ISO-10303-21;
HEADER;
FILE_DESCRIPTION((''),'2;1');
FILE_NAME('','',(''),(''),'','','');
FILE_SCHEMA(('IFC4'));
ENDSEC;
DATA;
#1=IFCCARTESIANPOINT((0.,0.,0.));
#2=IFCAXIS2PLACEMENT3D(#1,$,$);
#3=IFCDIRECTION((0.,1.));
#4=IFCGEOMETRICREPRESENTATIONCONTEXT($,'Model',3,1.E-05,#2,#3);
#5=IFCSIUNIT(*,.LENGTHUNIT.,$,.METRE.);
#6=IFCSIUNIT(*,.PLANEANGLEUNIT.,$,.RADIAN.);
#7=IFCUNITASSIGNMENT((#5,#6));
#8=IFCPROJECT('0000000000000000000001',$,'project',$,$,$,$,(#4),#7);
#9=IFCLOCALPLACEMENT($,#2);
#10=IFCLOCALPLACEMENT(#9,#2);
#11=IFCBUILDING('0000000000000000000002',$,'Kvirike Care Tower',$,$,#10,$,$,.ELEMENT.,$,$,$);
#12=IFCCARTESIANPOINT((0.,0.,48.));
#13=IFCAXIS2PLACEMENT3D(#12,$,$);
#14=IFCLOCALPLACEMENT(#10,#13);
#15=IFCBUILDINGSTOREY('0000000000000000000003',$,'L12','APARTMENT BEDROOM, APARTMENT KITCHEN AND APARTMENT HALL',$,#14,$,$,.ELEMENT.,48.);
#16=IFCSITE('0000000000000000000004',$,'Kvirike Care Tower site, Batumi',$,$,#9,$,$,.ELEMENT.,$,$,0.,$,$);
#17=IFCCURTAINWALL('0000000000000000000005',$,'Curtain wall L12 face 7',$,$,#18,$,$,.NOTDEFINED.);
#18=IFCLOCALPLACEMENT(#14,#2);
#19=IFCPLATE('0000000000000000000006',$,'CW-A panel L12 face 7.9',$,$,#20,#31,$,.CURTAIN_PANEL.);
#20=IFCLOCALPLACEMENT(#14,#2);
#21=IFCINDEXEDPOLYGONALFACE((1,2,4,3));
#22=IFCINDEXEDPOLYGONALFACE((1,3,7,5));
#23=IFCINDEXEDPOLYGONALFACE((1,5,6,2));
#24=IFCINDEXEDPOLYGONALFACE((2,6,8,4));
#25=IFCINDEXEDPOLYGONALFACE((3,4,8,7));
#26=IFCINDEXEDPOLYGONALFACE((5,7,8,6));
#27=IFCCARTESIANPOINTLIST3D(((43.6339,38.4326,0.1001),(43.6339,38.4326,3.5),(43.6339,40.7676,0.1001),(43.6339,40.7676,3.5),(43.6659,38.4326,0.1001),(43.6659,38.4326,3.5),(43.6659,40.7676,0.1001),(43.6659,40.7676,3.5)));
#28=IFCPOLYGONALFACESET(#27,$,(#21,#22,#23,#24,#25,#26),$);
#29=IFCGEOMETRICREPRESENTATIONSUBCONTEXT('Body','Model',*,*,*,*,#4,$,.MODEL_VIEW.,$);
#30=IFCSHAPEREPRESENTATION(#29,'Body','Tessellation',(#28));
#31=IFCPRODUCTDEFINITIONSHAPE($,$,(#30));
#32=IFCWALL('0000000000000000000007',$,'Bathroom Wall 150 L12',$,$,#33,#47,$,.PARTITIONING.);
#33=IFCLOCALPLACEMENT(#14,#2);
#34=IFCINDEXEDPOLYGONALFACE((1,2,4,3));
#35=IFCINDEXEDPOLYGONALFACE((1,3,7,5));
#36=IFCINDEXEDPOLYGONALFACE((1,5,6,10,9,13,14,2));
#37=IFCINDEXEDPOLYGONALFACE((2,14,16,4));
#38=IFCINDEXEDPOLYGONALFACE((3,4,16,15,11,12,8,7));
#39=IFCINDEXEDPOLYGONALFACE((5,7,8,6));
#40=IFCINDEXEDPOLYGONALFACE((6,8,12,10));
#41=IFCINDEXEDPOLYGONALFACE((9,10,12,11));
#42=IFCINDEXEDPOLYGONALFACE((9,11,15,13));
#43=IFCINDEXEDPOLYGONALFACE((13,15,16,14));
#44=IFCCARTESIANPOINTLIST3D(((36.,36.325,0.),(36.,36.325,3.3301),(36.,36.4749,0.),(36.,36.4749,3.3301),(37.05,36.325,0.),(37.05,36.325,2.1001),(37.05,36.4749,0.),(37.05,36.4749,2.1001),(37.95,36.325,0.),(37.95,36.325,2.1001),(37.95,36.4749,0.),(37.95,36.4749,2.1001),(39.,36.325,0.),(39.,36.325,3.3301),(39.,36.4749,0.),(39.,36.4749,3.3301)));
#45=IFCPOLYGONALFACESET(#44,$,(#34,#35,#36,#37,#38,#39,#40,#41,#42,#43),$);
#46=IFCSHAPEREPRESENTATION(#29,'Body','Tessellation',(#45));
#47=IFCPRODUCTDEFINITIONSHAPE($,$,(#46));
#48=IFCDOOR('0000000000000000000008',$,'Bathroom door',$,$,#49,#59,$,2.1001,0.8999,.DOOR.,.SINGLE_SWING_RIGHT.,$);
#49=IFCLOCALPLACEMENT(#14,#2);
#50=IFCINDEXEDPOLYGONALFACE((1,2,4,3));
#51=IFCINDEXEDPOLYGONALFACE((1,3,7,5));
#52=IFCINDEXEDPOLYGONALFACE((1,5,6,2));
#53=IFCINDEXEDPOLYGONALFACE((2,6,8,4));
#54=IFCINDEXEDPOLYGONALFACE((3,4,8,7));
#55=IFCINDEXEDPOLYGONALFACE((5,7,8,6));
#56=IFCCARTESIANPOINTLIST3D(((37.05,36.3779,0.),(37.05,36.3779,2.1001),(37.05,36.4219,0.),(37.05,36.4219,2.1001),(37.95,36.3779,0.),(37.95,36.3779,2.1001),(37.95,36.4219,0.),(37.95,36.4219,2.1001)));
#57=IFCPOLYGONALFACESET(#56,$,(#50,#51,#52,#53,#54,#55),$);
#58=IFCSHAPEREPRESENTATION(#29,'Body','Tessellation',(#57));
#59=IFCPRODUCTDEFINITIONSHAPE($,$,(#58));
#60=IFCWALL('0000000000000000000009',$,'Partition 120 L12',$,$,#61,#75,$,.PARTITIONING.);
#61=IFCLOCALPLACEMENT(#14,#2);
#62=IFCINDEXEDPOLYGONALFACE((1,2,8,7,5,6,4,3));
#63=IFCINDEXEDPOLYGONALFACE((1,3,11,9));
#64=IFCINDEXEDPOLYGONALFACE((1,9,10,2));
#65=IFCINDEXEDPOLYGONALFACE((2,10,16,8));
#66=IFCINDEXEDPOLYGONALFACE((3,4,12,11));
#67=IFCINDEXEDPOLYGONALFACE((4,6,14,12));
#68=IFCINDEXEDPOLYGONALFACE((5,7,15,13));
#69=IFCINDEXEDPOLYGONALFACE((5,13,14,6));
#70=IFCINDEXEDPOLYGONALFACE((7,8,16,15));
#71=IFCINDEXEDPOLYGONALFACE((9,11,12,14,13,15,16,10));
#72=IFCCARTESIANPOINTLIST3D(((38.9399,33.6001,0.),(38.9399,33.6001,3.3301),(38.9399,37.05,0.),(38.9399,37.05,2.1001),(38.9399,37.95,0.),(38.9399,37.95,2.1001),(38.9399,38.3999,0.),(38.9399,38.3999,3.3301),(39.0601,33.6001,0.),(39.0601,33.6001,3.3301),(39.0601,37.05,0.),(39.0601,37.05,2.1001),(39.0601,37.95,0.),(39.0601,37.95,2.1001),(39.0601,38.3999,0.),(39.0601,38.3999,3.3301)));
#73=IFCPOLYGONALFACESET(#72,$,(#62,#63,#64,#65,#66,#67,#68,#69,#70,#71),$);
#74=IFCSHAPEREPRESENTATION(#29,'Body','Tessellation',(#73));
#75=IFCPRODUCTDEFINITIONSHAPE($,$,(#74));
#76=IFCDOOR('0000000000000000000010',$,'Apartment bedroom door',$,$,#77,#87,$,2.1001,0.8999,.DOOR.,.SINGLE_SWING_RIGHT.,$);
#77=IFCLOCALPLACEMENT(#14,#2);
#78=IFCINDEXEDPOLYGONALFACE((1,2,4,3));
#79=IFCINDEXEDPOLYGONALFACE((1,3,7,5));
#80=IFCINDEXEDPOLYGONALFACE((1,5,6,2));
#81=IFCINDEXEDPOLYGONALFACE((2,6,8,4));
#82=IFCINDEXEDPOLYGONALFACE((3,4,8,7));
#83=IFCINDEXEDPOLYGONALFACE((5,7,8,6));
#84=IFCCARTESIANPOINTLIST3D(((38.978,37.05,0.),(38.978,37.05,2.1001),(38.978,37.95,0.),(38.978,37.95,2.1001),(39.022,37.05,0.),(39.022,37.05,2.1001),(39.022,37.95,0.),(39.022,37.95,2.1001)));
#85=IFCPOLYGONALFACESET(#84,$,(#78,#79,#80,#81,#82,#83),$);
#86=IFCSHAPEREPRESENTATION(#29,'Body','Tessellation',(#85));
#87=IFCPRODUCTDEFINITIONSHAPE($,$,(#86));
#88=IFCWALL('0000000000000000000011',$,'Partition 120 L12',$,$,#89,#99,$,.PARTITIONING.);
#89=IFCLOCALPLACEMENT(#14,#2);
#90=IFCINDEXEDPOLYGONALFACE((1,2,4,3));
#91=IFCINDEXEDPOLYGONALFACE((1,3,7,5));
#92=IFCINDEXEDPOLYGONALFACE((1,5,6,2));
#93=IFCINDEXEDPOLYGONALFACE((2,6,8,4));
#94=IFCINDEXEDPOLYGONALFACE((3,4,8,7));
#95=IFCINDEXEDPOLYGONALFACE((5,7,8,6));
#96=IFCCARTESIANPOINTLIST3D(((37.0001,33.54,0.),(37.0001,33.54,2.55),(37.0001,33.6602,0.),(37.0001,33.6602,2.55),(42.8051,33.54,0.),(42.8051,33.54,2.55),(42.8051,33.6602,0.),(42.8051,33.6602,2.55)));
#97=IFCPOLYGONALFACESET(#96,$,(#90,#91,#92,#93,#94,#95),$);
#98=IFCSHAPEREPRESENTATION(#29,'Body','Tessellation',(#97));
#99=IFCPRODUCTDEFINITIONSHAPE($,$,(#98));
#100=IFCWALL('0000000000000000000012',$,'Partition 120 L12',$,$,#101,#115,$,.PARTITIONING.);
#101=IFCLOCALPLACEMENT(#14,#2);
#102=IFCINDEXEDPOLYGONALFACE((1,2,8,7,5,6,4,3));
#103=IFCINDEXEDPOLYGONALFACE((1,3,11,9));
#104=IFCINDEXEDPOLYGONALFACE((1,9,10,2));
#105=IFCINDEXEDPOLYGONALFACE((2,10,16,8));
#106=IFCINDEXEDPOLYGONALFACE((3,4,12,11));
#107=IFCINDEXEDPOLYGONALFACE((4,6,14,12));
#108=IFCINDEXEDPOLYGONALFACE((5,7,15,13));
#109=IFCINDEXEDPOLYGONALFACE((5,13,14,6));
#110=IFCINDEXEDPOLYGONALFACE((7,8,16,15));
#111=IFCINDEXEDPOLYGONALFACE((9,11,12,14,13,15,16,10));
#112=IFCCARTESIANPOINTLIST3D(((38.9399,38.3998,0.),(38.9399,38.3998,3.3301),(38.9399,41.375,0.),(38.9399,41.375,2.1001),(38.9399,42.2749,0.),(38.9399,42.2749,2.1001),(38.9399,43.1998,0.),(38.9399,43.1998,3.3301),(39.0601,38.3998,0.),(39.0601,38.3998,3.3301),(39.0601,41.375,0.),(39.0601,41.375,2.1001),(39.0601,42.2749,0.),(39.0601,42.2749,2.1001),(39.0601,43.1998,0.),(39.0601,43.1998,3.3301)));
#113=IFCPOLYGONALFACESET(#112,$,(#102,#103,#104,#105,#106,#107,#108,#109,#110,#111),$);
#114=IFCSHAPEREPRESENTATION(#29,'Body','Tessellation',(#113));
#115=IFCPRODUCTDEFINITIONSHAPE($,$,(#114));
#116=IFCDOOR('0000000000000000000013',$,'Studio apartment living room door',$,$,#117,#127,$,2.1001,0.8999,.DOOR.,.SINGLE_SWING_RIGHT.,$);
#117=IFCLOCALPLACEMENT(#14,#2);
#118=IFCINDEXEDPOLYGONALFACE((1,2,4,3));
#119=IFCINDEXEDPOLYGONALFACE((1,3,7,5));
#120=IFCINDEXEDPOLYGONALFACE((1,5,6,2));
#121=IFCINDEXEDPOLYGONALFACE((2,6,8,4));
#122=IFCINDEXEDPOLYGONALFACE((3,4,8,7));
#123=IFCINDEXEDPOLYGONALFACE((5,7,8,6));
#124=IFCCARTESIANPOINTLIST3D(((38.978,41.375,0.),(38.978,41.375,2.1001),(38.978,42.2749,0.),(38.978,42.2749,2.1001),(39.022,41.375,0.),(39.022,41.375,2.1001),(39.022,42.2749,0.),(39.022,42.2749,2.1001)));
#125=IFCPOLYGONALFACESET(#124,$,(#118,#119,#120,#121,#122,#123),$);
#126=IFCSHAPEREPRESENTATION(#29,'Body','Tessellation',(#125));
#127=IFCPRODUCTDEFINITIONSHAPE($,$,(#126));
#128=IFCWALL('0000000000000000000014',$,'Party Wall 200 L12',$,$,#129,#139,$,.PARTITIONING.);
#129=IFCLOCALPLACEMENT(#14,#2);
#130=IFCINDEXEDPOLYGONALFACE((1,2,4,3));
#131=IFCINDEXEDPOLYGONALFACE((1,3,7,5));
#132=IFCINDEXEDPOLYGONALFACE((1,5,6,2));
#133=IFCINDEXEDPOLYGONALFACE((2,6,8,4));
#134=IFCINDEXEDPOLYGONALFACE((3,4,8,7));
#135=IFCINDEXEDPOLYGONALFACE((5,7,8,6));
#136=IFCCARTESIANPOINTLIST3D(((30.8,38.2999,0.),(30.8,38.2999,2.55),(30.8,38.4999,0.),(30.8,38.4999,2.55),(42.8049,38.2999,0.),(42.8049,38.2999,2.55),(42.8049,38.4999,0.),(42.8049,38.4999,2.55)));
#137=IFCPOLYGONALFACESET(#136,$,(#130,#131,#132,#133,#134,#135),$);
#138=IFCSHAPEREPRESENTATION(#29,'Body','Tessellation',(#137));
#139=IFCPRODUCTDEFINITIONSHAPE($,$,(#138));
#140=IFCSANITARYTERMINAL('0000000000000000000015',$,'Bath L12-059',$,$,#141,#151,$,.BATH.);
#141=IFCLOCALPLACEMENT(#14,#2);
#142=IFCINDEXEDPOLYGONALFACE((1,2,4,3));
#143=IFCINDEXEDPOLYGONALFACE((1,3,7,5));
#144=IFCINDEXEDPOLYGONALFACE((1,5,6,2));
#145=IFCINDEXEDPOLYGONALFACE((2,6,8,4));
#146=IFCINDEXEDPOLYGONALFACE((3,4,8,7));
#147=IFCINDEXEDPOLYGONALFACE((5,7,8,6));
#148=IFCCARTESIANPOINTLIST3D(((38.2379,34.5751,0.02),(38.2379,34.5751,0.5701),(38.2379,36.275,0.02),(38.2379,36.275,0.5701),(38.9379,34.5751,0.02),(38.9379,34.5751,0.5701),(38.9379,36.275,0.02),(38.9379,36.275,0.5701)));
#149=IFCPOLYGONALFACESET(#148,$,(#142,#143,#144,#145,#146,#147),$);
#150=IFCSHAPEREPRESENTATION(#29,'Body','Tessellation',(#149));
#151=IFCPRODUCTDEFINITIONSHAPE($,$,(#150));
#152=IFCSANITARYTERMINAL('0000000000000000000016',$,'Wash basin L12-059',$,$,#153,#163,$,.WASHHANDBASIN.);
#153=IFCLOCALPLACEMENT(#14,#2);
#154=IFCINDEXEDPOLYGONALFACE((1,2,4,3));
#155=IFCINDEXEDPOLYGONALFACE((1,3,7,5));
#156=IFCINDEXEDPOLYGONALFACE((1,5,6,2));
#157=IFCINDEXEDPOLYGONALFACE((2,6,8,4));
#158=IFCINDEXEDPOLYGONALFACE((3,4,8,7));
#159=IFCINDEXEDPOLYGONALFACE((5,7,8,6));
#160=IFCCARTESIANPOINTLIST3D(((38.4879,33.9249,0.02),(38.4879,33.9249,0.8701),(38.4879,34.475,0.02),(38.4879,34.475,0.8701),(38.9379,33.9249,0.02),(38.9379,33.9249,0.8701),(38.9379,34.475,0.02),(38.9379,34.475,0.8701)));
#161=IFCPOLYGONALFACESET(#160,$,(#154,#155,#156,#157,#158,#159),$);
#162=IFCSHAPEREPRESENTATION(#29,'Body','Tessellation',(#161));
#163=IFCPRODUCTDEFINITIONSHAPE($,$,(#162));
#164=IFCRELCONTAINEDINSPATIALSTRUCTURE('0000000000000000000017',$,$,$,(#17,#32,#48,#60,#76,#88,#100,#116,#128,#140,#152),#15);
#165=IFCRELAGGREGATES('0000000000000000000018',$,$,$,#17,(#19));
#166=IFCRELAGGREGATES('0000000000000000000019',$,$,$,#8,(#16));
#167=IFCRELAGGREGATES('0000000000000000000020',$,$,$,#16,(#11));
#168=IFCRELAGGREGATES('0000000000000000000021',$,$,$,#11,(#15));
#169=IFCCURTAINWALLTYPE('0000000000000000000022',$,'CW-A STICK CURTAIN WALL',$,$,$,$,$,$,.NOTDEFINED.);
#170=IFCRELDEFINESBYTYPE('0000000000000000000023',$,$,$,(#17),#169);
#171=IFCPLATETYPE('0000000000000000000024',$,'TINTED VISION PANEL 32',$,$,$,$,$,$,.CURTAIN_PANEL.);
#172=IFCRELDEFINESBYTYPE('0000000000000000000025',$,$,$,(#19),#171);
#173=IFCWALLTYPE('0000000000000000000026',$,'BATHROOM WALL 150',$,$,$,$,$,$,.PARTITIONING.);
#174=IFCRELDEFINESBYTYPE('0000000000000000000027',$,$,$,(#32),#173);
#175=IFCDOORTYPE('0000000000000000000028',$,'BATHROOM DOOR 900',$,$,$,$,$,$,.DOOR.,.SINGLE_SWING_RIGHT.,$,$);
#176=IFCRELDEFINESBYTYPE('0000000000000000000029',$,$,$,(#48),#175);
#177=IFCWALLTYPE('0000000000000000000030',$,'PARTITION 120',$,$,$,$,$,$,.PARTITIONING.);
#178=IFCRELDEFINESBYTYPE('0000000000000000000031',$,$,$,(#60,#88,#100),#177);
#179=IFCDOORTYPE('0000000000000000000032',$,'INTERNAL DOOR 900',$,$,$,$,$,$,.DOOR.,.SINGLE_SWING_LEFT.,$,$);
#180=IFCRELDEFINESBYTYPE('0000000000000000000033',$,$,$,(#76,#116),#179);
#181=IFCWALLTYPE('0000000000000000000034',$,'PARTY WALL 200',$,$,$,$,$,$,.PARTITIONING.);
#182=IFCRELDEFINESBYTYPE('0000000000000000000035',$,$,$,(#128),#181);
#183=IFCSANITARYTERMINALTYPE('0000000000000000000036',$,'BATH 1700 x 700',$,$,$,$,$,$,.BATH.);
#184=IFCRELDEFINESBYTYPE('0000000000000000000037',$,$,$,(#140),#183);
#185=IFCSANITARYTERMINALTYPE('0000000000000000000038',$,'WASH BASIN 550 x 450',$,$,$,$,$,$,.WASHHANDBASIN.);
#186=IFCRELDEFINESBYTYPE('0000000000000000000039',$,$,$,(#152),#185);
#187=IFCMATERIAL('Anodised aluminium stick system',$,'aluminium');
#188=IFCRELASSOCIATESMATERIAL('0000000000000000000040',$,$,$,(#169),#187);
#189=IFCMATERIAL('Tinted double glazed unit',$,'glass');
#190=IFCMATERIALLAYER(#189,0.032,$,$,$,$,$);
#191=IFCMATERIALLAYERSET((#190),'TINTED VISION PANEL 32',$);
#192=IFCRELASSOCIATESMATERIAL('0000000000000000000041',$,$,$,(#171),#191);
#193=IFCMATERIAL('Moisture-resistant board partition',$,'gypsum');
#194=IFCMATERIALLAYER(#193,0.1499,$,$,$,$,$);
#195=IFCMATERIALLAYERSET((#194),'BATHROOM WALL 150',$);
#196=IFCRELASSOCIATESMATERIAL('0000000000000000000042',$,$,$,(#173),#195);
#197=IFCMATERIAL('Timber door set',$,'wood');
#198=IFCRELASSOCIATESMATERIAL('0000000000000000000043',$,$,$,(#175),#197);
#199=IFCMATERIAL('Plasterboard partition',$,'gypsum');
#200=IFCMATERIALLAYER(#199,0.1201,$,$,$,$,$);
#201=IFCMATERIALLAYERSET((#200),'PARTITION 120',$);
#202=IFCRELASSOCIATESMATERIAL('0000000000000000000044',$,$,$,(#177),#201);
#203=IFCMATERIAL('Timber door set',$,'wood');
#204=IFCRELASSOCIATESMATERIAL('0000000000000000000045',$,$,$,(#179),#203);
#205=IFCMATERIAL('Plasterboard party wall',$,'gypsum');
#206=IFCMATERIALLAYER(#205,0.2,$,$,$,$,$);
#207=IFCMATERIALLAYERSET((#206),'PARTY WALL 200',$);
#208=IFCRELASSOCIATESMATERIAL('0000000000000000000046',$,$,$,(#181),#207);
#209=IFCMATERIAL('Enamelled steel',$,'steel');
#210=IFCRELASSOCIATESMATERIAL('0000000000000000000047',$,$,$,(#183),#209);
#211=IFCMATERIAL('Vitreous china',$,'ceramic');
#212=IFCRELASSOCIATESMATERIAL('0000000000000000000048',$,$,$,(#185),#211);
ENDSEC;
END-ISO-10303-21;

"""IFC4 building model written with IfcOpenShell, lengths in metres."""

from ifc_helpers import new_model, si_unit, direction, frame, frame_2d, origin, origin_2d, place, context, subcontext, project, spatial, rectangle, extrude, material, layer, layer_set, type_object, element, fill, aggregate, save


model = new_model("IFC4")

# Units and contexts
model_context = context("Model", 3, precision=1e-05, world=origin(), true_north=direction((0.0, 1.0)))
body_context = subcontext(model_context, "Body", "Model", "MODEL_VIEW")
ifc_project = project(units=[si_unit("LENGTHUNIT", "METRE"), si_unit("PLANEANGLEUNIT", "RADIAN")], contexts=[model_context])

# Site, building, storey
site_placement = place(None, origin())
site = spatial("IfcSite", under=ifc_project, at=site_placement, Name="Kvirike Care Tower site, Batumi", CompositionType="ELEMENT", RefElevation=0.0)
building_placement = place(site_placement, origin())
building = spatial("IfcBuilding", under=site, at=building_placement, Name="Kvirike Care Tower", CompositionType="ELEMENT")
storey_placement = place(building_placement, frame((0.0, 0.0, 48.0)))
storey = spatial("IfcBuildingStorey", under=building, at=storey_placement, Name="L12", Description="APARTMENT BEDROOM, APARTMENT KITCHEN AND APARTMENT HALL", CompositionType="ELEMENT", Elevation=48.0)

# Curtain wall
ifc_material_1 = material(Name="Anodised aluminium stick system", Category="aluminium")
curtain_wall_type = type_object("IfcCurtainWallType", Name="CW-A STICK CURTAIN WALL", PredefinedType="NOTDEFINED", material=ifc_material_1)
curtain_wall_placement = place(storey_placement, origin())
curtain_wall = element("IfcCurtainWall", 1, at=curtain_wall_placement, inside=storey, type_object=curtain_wall_type, Name="Curtain wall L12 face 7", PredefinedType="NOTDEFINED")

# Plate
ifc_material_2 = material(Name="Tinted double glazed unit", Category="glass")
ifc_layer_1 = layer(ifc_material_2, 0.032)
ifc_layer_set_1 = layer_set([ifc_layer_1], Name="TINTED VISION PANEL 32")
plate_type = type_object("IfcPlateType", Name="TINTED VISION PANEL 32", PredefinedType="CURTAIN_PANEL", material=ifc_layer_set_1)
plate_1_placement = place(storey_placement, frame((43.6499, 39.6001, 0.1001), z_axis=(0.0, 0.0, 1.0), x_axis=(0.0, 1.0, 0.0)))
plate_1 = element("IfcPlate", 2, at=plate_1_placement, type_object=plate_type, Name="CW-A panel L12 face 7.9", PredefinedType="CURTAIN_PANEL", context=body_context, shape_type="SweptSolid", body=[
    extrude(rectangle(XDim=2.335, YDim=0.032, at=origin_2d()), origin(), (0.0, 0.0, 1.0), 3.3999),
])
aggregate(curtain_wall, [plate_1])

# Walls, openings, doors
ifc_material_3 = material(Name="Moisture-resistant board partition", Category="gypsum")
ifc_layer_2 = layer(ifc_material_3, 0.1499)
ifc_layer_set_2 = layer_set([ifc_layer_2], Name="BATHROOM WALL 150")
wall_type_1 = type_object("IfcWallType", Name="BATHROOM WALL 150", PredefinedType="PARTITIONING", material=ifc_layer_set_2)
wall_1_placement = place(storey_placement, frame((39.0, 36.3999, 0.0), z_axis=(0.0, 0.0, 1.0), x_axis=(-1.0, 0.0, 0.0)))
wall_1 = element("IfcWall", 3, at=wall_1_placement, inside=storey, type_object=wall_type_1, Name="Bathroom Wall 150 L12", PredefinedType="PARTITIONING", context=body_context, shape_type="SweptSolid", body=[
    extrude(rectangle(XDim=3.0, YDim=0.1499, at=frame_2d((1.5, 0.0))), origin(), (0.0, 0.0, 1.0), 3.3301),
])
opening_1_placement = place(wall_1_placement, frame((1.05, 0.0, 0.0)))
opening_1 = element("IfcOpeningElement", 4, at=opening_1_placement, cuts=wall_1, PredefinedType="OPENING", context=body_context, shape_type="SweptSolid", body=[
    extrude(rectangle(XDim=0.8999, YDim=2.1001, at=frame_2d((0.45, 1.05))), frame((0.0, 0.0854, 0.0), z_axis=(0.0, -1.0, 0.0), x_axis=(1.0, 0.0, 0.0)), (0.0, 0.0, 1.0), 0.1709),
])
ifc_material_4 = material(Name="Timber door set", Category="wood")
door_type_1 = type_object("IfcDoorType", Name="BATHROOM DOOR 900", OperationType="SINGLE_SWING_RIGHT", PredefinedType="DOOR", material=ifc_material_4)
door_1_placement = place(opening_1_placement, origin())
door_1 = element("IfcDoor", 5, at=door_1_placement, inside=storey, type_object=door_type_1, Name="Bathroom door", OperationType="SINGLE_SWING_RIGHT", OverallHeight=2.1001, OverallWidth=0.8999, PredefinedType="DOOR", context=body_context, shape_type="SweptSolid", body=[
    extrude(rectangle(XDim=0.8999, YDim=2.1001, at=frame_2d((0.45, 1.05))), frame((0.0, 0.022, 0.0), z_axis=(0.0, -1.0, 0.0), x_axis=(1.0, 0.0, 0.0)), (0.0, 0.0, 1.0), 0.0439),
])
fill(opening_1, door_1)
ifc_material_5 = material(Name="Plasterboard partition", Category="gypsum")
ifc_layer_3 = layer(ifc_material_5, 0.1201)
ifc_layer_set_3 = layer_set([ifc_layer_3], Name="PARTITION 120")
wall_type_2 = type_object("IfcWallType", Name="PARTITION 120", PredefinedType="PARTITIONING", material=ifc_layer_set_3)
wall_2_placement = place(storey_placement, frame((39.0, 33.6001, 0.0), z_axis=(0.0, 0.0, 1.0), x_axis=(0.0, 1.0, 0.0)))
wall_2 = element("IfcWall", 6, at=wall_2_placement, inside=storey, type_object=wall_type_2, Name="Partition 120 L12", PredefinedType="PARTITIONING", context=body_context, shape_type="SweptSolid", body=[
    extrude(rectangle(XDim=4.7998, YDim=0.1201, at=frame_2d((2.3999, 0.0))), origin(), (0.0, 0.0, 1.0), 3.3301),
])
opening_2_placement = place(wall_2_placement, frame((3.45, 0.0, 0.0)))
opening_2 = element("IfcOpeningElement", 7, at=opening_2_placement, cuts=wall_2, PredefinedType="OPENING", context=body_context, shape_type="SweptSolid", body=[
    extrude(rectangle(XDim=0.8999, YDim=2.1001, at=frame_2d((0.45, 1.05))), frame((0.0, 0.0706, 0.0), z_axis=(0.0, -1.0, 0.0), x_axis=(1.0, 0.0, 0.0)), (0.0, 0.0, 1.0), 0.1411),
])
ifc_material_6 = material(Name="Timber door set", Category="wood")
door_type_2 = type_object("IfcDoorType", Name="INTERNAL DOOR 900", OperationType="SINGLE_SWING_LEFT", PredefinedType="DOOR", material=ifc_material_6)
door_2_placement = place(opening_2_placement, frame((0.8999, 0.0, 0.0), z_axis=(0.0, 0.0, 1.0), x_axis=(-1.0, 0.0, 0.0)))
door_2 = element("IfcDoor", 8, at=door_2_placement, inside=storey, type_object=door_type_2, Name="Apartment bedroom door", OperationType="SINGLE_SWING_RIGHT", OverallHeight=2.1001, OverallWidth=0.8999, PredefinedType="DOOR", context=body_context, shape_type="SweptSolid", body=[
    extrude(rectangle(XDim=0.8999, YDim=2.1001, at=frame_2d((0.45, 1.05))), frame((0.0, 0.022, 0.0), z_axis=(0.0, -1.0, 0.0), x_axis=(1.0, 0.0, 0.0)), (0.0, 0.0, 1.0), 0.0439),
])
fill(opening_2, door_2)

# Wall
wall_3_placement = place(storey_placement, frame((42.8049, 33.6001, 0.0), z_axis=(0.0, 0.0, 1.0), x_axis=(-1.0, 0.0, 0.0)))
element("IfcWall", 9, at=wall_3_placement, inside=storey, type_object=wall_type_2, Name="Partition 120 L12", PredefinedType="PARTITIONING", context=body_context, shape_type="SweptSolid", body=[
    extrude(rectangle(XDim=5.8049, YDim=0.1201, at=frame_2d((2.9023, 0.0))), origin(), (0.0, 0.0, 1.0), 2.55),
])

# Wall, opening, door
wall_4_placement = place(storey_placement, frame((39.0, 38.3999, 0.0), z_axis=(0.0, 0.0, 1.0), x_axis=(0.0, 1.0, 0.0)))
wall_4 = element("IfcWall", 10, at=wall_4_placement, inside=storey, type_object=wall_type_2, Name="Partition 120 L12", PredefinedType="PARTITIONING", context=body_context, shape_type="SweptSolid", body=[
    extrude(rectangle(XDim=4.8, YDim=0.1201, at=frame_2d((2.3999, 0.0))), origin(), (0.0, 0.0, 1.0), 3.3301),
])
opening_3_placement = place(wall_4_placement, frame((2.9751, 0.0, 0.0)))
opening_3 = element("IfcOpeningElement", 11, at=opening_3_placement, cuts=wall_4, PredefinedType="OPENING", context=body_context, shape_type="SweptSolid", body=[
    extrude(rectangle(XDim=0.8999, YDim=2.1001, at=frame_2d((0.45, 1.05))), frame((0.0, 0.0706, 0.0), z_axis=(0.0, -1.0, 0.0), x_axis=(1.0, 0.0, 0.0)), (0.0, 0.0, 1.0), 0.1411),
])
door_3_placement = place(opening_3_placement, frame((0.8999, 0.0, 0.0), z_axis=(0.0, 0.0, 1.0), x_axis=(-1.0, 0.0, 0.0)))
door_3 = element("IfcDoor", 12, at=door_3_placement, inside=storey, type_object=door_type_2, Name="Studio apartment living room door", OperationType="SINGLE_SWING_RIGHT", OverallHeight=2.1001, OverallWidth=0.8999, PredefinedType="DOOR", context=body_context, shape_type="SweptSolid", body=[
    extrude(rectangle(XDim=0.8999, YDim=2.1001, at=frame_2d((0.45, 1.05))), frame((0.0, 0.022, 0.0), z_axis=(0.0, -1.0, 0.0), x_axis=(1.0, 0.0, 0.0)), (0.0, 0.0, 1.0), 0.0439),
])
fill(opening_3, door_3)

# Wall
ifc_material_7 = material(Name="Plasterboard party wall", Category="gypsum")
ifc_layer_4 = layer(ifc_material_7, 0.2)
ifc_layer_set_4 = layer_set([ifc_layer_4], Name="PARTY WALL 200")
wall_type_3 = type_object("IfcWallType", Name="PARTY WALL 200", PredefinedType="PARTITIONING", material=ifc_layer_set_4)
wall_5_placement = place(storey_placement, frame((42.8049, 38.3999, 0.0), z_axis=(0.0, 0.0, 1.0), x_axis=(-1.0, 0.0, 0.0)))
element("IfcWall", 13, at=wall_5_placement, inside=storey, type_object=wall_type_3, Name="Party Wall 200 L12", PredefinedType="PARTITIONING", context=body_context, shape_type="SweptSolid", body=[
    extrude(rectangle(XDim=12.0049, YDim=0.2, at=frame_2d((6.0024, 0.0))), origin(), (0.0, 0.0, 1.0), 2.55),
])

# Sanitary terminals
ifc_material_8 = material(Name="Enamelled steel", Category="steel")
sanitary_terminal_type_1 = type_object("IfcSanitaryTerminalType", Name="BATH 1700 x 700", PredefinedType="BATH", material=ifc_material_8)
sanitary_terminal_1_placement = place(storey_placement, frame((38.5879, 35.425, 0.02), z_axis=(0.0, 0.0, 1.0), x_axis=(0.0, -1.0, 0.0)))
element("IfcSanitaryTerminal", 14, at=sanitary_terminal_1_placement, inside=storey, type_object=sanitary_terminal_type_1, Name="Bath L12-059", PredefinedType="BATH", context=body_context, shape_type="SweptSolid", body=[
    extrude(rectangle(XDim=1.7, YDim=0.7, at=origin_2d()), origin(), (0.0, 0.0, 1.0), 0.55),
])
ifc_material_9 = material(Name="Vitreous china", Category="ceramic")
sanitary_terminal_type_2 = type_object("IfcSanitaryTerminalType", Name="WASH BASIN 550 x 450", PredefinedType="WASHHANDBASIN", material=ifc_material_9)
sanitary_terminal_2_placement = place(storey_placement, frame((38.7129, 34.2, 0.02), z_axis=(0.0, 0.0, 1.0), x_axis=(0.0, -1.0, 0.0)))
element("IfcSanitaryTerminal", 15, at=sanitary_terminal_2_placement, inside=storey, type_object=sanitary_terminal_type_2, Name="Wash basin L12-059", PredefinedType="WASHHANDBASIN", context=body_context, shape_type="SweptSolid", body=[
    extrude(rectangle(XDim=0.55, YDim=0.45, at=origin_2d()), origin(), (0.0, 0.0, 1.0), 0.8501),
])

save(model, "model.ifc")
